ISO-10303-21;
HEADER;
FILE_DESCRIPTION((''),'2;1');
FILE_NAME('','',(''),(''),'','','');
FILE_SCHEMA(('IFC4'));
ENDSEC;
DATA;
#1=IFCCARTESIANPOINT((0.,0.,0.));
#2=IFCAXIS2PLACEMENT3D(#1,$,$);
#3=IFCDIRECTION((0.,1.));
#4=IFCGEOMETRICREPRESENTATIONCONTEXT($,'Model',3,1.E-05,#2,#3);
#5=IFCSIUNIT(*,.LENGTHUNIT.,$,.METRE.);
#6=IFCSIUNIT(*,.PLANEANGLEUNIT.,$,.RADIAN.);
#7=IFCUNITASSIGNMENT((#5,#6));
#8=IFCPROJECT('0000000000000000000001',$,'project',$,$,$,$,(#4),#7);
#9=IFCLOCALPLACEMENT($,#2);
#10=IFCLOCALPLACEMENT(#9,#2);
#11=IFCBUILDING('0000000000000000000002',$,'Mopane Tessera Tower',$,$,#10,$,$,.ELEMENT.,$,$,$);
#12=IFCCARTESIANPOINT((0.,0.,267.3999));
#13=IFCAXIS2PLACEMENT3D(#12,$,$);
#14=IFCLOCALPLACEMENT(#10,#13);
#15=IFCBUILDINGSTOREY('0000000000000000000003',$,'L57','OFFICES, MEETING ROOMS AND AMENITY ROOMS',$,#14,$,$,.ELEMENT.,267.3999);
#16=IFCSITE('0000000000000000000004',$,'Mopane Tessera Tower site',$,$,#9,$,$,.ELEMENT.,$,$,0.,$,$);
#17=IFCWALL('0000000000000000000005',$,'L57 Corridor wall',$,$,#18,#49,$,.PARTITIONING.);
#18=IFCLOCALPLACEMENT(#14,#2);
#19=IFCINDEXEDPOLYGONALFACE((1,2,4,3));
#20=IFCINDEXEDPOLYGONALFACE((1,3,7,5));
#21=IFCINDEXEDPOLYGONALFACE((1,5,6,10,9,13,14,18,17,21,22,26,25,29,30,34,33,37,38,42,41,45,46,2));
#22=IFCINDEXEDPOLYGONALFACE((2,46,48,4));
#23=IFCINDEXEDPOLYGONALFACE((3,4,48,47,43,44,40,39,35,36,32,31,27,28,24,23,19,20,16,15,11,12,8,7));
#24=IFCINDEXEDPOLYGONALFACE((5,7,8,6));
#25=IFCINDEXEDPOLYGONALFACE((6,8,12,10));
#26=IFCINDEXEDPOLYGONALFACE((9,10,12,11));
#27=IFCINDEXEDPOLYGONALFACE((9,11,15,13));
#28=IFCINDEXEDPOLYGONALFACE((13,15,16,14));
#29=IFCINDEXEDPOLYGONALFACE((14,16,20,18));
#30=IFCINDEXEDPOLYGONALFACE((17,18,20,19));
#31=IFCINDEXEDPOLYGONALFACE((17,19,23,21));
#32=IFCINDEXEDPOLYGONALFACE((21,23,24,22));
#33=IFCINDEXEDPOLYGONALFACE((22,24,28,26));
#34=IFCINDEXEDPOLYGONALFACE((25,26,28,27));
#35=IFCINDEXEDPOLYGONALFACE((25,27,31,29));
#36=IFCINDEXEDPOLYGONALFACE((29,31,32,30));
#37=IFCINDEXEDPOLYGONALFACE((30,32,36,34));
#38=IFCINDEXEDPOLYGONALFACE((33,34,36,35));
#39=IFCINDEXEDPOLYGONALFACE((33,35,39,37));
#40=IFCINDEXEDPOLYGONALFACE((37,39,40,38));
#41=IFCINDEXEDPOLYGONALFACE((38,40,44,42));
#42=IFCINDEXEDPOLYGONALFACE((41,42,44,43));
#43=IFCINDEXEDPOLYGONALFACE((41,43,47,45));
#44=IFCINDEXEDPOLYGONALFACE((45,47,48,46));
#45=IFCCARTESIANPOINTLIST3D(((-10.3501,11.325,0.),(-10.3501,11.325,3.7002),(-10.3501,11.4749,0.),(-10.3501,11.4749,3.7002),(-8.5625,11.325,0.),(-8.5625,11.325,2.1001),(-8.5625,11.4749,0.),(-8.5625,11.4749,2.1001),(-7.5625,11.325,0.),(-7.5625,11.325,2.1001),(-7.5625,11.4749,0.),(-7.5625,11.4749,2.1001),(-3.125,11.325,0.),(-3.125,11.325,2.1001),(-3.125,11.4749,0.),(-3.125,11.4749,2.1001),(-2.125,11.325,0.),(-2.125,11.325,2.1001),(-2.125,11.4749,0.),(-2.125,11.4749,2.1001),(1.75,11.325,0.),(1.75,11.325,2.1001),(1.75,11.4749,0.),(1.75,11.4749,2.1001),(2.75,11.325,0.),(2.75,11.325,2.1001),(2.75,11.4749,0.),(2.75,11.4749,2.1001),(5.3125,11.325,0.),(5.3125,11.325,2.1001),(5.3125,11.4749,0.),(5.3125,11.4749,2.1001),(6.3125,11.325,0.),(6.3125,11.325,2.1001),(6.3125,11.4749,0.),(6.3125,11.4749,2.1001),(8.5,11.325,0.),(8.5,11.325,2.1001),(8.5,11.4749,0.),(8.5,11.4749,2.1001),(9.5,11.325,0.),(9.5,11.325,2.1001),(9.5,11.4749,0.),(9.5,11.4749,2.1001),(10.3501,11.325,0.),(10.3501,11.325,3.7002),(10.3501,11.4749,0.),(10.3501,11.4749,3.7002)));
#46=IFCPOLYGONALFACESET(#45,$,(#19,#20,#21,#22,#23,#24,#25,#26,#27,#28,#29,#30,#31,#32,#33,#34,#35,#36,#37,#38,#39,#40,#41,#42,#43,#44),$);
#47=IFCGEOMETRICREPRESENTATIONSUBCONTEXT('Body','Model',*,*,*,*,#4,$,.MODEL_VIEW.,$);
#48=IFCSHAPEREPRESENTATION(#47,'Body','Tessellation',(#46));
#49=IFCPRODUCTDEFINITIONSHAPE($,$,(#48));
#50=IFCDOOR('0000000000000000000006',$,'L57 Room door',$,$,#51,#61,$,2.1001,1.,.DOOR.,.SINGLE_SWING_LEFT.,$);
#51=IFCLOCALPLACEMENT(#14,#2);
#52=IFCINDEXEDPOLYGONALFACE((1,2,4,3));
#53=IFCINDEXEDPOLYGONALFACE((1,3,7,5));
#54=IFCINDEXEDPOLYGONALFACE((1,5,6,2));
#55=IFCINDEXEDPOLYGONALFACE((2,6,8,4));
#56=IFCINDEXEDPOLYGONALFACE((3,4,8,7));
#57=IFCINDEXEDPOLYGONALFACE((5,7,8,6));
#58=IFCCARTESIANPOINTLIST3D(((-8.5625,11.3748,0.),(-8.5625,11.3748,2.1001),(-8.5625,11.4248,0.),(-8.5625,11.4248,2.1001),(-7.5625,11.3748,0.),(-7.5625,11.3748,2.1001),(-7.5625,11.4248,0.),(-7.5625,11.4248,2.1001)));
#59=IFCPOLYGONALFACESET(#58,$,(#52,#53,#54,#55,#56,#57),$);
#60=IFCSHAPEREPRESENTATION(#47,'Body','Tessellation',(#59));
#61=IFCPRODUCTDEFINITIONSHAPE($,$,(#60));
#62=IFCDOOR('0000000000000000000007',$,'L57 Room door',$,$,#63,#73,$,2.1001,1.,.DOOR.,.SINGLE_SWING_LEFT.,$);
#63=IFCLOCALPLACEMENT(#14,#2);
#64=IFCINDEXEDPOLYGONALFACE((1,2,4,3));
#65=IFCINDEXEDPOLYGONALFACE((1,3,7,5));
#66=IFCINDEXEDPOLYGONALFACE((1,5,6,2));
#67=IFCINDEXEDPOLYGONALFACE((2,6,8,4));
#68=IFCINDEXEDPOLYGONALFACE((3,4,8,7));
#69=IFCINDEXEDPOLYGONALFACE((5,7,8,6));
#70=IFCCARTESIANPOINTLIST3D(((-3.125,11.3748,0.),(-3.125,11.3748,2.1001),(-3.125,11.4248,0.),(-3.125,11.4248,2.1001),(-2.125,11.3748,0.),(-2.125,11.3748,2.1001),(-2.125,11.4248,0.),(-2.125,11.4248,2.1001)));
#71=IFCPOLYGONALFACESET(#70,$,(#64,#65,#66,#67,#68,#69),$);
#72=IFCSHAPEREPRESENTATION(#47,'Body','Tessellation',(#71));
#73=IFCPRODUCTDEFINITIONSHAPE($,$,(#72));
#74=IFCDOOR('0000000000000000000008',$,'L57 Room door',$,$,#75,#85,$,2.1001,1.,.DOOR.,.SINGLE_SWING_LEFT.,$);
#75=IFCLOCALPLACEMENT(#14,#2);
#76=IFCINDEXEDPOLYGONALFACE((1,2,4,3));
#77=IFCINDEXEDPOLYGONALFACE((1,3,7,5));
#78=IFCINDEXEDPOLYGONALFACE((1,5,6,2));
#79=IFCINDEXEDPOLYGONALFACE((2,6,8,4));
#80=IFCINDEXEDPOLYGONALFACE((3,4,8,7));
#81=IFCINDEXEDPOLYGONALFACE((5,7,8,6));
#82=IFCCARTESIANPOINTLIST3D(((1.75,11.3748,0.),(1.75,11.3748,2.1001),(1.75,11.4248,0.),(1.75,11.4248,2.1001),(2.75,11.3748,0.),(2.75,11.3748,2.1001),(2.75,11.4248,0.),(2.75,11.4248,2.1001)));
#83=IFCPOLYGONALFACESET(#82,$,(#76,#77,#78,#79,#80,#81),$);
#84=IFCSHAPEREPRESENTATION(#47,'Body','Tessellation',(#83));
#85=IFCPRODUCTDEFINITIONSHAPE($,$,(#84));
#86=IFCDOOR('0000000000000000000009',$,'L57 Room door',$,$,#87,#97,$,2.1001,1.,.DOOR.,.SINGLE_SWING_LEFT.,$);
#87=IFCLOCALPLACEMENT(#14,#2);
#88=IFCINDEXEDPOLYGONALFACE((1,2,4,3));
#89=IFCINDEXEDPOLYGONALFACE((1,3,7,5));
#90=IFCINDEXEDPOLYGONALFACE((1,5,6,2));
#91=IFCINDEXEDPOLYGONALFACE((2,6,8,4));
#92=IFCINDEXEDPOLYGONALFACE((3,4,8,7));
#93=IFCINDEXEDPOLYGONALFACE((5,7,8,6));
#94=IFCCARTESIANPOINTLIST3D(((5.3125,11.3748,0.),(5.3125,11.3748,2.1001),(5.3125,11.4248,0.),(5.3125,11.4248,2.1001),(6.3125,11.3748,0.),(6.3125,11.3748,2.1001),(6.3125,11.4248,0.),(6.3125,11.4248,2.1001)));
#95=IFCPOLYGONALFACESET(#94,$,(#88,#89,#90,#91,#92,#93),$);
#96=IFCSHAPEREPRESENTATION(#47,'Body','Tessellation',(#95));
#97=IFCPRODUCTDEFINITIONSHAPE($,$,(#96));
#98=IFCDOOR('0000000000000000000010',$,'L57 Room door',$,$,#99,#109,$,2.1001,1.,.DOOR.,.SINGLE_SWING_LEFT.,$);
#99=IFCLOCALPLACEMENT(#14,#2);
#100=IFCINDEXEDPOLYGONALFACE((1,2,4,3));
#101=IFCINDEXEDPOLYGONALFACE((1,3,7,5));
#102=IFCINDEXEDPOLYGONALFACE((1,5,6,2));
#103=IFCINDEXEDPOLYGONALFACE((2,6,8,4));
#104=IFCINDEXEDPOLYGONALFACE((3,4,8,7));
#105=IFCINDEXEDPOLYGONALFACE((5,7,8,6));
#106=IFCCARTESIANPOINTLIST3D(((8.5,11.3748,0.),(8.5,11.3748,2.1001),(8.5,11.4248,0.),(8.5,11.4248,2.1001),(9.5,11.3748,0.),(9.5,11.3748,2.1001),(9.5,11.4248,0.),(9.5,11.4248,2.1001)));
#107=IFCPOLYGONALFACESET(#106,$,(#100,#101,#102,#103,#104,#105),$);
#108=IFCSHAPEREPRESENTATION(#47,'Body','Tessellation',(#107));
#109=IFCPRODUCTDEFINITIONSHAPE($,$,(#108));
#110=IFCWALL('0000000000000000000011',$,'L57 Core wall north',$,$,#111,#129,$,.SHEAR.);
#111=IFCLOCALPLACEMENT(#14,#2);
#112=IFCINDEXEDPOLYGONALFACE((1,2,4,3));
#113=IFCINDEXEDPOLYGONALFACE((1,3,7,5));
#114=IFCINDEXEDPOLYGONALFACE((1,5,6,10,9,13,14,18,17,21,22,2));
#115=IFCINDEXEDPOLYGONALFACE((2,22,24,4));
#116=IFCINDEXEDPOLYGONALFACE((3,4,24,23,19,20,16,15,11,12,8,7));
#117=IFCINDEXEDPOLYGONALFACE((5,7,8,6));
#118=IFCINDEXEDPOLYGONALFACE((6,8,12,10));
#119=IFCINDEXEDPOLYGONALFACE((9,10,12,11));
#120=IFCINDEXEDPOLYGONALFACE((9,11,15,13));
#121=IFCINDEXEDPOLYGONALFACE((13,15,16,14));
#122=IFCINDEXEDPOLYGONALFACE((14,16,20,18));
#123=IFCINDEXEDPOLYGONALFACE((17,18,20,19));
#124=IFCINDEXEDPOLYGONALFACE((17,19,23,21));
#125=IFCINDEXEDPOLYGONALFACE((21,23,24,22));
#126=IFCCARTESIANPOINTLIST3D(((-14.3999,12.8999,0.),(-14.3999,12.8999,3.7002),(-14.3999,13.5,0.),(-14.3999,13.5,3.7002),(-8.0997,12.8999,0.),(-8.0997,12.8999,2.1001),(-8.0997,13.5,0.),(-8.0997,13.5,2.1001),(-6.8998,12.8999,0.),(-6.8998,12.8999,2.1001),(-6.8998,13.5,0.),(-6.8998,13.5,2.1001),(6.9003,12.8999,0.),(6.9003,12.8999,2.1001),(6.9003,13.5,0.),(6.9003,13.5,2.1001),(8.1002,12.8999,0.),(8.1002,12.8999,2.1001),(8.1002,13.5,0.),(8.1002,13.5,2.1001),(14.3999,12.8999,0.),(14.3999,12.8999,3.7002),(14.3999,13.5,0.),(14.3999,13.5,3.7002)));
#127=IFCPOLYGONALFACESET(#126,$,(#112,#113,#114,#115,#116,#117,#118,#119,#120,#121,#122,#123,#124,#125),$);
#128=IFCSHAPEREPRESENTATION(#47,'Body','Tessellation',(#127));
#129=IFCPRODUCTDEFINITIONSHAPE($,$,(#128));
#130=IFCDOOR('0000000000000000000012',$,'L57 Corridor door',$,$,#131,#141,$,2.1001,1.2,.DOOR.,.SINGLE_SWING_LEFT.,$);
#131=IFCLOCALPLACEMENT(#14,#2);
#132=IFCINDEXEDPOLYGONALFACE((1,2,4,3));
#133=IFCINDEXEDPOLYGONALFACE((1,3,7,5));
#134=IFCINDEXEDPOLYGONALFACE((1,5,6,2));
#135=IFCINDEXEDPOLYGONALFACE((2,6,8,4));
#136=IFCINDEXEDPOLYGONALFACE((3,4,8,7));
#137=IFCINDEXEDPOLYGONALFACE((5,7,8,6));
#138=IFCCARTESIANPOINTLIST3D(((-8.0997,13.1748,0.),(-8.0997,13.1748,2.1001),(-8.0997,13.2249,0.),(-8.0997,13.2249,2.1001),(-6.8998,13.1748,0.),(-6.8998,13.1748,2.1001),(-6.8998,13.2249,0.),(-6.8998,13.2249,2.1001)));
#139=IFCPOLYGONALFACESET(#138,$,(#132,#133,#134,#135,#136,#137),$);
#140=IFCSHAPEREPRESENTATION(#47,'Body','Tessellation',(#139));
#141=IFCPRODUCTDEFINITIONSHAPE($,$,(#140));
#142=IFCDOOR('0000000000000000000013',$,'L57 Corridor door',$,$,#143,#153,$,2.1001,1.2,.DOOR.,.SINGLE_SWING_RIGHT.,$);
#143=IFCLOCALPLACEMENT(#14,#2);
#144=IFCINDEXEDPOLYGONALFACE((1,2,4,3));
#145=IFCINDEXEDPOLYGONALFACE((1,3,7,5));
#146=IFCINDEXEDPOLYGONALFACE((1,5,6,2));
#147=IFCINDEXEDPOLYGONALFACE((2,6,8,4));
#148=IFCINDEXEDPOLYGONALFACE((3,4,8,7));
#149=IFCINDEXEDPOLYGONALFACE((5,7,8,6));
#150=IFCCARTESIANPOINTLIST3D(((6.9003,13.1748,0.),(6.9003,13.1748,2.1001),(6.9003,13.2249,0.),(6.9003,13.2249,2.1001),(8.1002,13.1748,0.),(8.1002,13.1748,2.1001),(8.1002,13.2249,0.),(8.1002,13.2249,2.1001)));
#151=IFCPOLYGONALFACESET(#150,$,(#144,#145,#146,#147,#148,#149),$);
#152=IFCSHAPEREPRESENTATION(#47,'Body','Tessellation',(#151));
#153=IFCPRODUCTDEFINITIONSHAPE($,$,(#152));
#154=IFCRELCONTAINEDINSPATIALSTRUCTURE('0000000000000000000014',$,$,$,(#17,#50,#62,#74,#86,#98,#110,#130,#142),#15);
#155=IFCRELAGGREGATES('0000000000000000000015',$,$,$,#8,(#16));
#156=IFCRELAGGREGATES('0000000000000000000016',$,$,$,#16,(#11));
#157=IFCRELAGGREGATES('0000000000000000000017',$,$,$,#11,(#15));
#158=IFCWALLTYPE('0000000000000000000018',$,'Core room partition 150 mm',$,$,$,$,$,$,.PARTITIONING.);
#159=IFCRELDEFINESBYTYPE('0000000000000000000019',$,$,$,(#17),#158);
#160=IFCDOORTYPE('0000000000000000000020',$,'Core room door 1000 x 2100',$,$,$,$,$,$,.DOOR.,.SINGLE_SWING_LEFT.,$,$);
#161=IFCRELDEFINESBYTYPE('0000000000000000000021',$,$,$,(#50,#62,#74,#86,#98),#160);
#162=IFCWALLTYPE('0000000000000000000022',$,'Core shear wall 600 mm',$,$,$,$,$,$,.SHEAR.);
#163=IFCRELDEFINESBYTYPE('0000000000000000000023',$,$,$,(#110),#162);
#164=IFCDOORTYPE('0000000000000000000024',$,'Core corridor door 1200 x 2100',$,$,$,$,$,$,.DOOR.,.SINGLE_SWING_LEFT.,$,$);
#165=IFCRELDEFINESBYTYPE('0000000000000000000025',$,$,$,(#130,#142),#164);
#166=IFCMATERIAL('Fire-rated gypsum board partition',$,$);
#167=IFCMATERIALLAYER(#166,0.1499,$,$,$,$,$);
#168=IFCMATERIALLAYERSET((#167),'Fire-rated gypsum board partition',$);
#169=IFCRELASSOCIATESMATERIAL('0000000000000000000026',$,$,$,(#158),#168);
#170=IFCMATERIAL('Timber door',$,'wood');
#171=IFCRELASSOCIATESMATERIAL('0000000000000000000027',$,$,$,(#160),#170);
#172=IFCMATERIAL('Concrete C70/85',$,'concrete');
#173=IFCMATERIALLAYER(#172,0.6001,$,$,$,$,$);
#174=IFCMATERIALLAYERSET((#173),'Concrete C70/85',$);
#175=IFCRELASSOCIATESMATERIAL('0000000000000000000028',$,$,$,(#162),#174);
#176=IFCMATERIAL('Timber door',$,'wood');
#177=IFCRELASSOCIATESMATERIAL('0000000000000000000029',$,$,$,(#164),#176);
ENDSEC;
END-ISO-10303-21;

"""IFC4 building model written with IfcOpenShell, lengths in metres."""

from ifc_helpers import new_model, si_unit, direction, frame, frame_2d, origin, place, context, subcontext, project, spatial, rectangle, extrude, material, layer, layer_set, type_object, element, fill, save


model = new_model("IFC4")

# Units and contexts
model_context = context("Model", 3, precision=1e-05, world=origin(), true_north=direction((0.0, 1.0)))
body_context = subcontext(model_context, "Body", "Model", "MODEL_VIEW")
ifc_project = project(units=[si_unit("LENGTHUNIT", "METRE"), si_unit("PLANEANGLEUNIT", "RADIAN")], contexts=[model_context])

# Site, building, storey
site_placement = place(None, origin())
site = spatial("IfcSite", under=ifc_project, at=site_placement, Name="Mopane Tessera Tower site", CompositionType="ELEMENT", RefElevation=0.0)
building_placement = place(site_placement, origin())
building = spatial("IfcBuilding", under=site, at=building_placement, Name="Mopane Tessera Tower", CompositionType="ELEMENT")
storey_placement = place(building_placement, frame((0.0, 0.0, 267.3999)))
storey = spatial("IfcBuildingStorey", under=building, at=storey_placement, Name="L57", Description="OFFICES, MEETING ROOMS AND AMENITY ROOMS", CompositionType="ELEMENT", Elevation=267.3999)

# Shared definitions
ifc_material_1 = material(Name="Fire-rated gypsum board partition")
ifc_layer_1 = layer(ifc_material_1, 0.1499)
ifc_layer_set_1 = layer_set([ifc_layer_1], Name="Fire-rated gypsum board partition")
wall_type_1 = type_object("IfcWallType", Name="Core room partition 150 mm", PredefinedType="PARTITIONING", material=ifc_layer_set_1)

# Walls, openings, doors
wall_1_placement = place(storey_placement, frame((-10.3501, 11.3999, 0.0), z_axis=(0.0, 0.0, 1.0), x_axis=(1.0, 0.0, 0.0)))
wall_1 = element("IfcWall", 1, at=wall_1_placement, inside=storey, type_object=wall_type_1, Name="L57 Corridor wall", PredefinedType="PARTITIONING", context=body_context, shape_type="SweptSolid", body=[
    extrude(rectangle(XDim=20.7002, YDim=0.1499, at=frame_2d((10.3501, 0.0))), origin(), (0.0, 0.0, 1.0), 3.7002),
])
opening_1_placement = place(wall_1_placement, frame((1.7876, 0.0, 0.0)))
opening_1 = element("IfcOpeningElement", 2, at=opening_1_placement, cuts=wall_1, PredefinedType="OPENING", context=body_context, shape_type="SweptSolid", body=[
    extrude(rectangle(XDim=1.0, YDim=2.1001, at=frame_2d((0.5, 1.05))), frame((0.0, 0.0869, 0.0), z_axis=(0.0, -1.0, 0.0), x_axis=(1.0, 0.0, 0.0)), (0.0, 0.0, 1.0), 0.1738),
])
opening_2_placement = place(wall_1_placement, frame((7.2251, 0.0, 0.0)))
opening_2 = element("IfcOpeningElement", 3, at=opening_2_placement, cuts=wall_1, PredefinedType="OPENING", context=body_context, shape_type="SweptSolid", body=[
    extrude(rectangle(XDim=1.0, YDim=2.1001, at=frame_2d((0.5, 1.05))), frame((0.0, 0.0869, 0.0), z_axis=(0.0, -1.0, 0.0), x_axis=(1.0, 0.0, 0.0)), (0.0, 0.0, 1.0), 0.1738),
])
opening_3_placement = place(wall_1_placement, frame((12.1001, 0.0, 0.0)))
opening_3 = element("IfcOpeningElement", 4, at=opening_3_placement, cuts=wall_1, PredefinedType="OPENING", context=body_context, shape_type="SweptSolid", body=[
    extrude(rectangle(XDim=1.0, YDim=2.1001, at=frame_2d((0.5, 1.05))), frame((0.0, 0.0869, 0.0), z_axis=(0.0, -1.0, 0.0), x_axis=(1.0, 0.0, 0.0)), (0.0, 0.0, 1.0), 0.1738),
])
opening_4_placement = place(wall_1_placement, frame((15.6626, 0.0, 0.0)))
opening_4 = element("IfcOpeningElement", 5, at=opening_4_placement, cuts=wall_1, PredefinedType="OPENING", context=body_context, shape_type="SweptSolid", body=[
    extrude(rectangle(XDim=1.0, YDim=2.1001, at=frame_2d((0.5, 1.05))), frame((0.0, 0.0869, 0.0), z_axis=(0.0, -1.0, 0.0), x_axis=(1.0, 0.0, 0.0)), (0.0, 0.0, 1.0), 0.1738),
])
opening_5_placement = place(wall_1_placement, frame((18.8501, 0.0, 0.0)))
opening_5 = element("IfcOpeningElement", 6, at=opening_5_placement, cuts=wall_1, PredefinedType="OPENING", context=body_context, shape_type="SweptSolid", body=[
    extrude(rectangle(XDim=1.0, YDim=2.1001, at=frame_2d((0.5, 1.05))), frame((0.0, 0.0869, 0.0), z_axis=(0.0, -1.0, 0.0), x_axis=(1.0, 0.0, 0.0)), (0.0, 0.0, 1.0), 0.1738),
])
ifc_material_2 = material(Name="Timber door", Category="wood")
door_type_1 = type_object("IfcDoorType", Name="Core room door 1000 x 2100", OperationType="SINGLE_SWING_LEFT", PredefinedType="DOOR", material=ifc_material_2)
door_1_placement = place(opening_1_placement, origin())
door_1 = element("IfcDoor", 7, at=door_1_placement, inside=storey, type_object=door_type_1, Name="L57 Room door", OperationType="SINGLE_SWING_LEFT", OverallHeight=2.1001, OverallWidth=1.0, PredefinedType="DOOR", context=body_context, shape_type="SweptSolid", body=[
    extrude(rectangle(XDim=1.0, YDim=2.1001, at=frame_2d((0.5, 1.05))), frame((0.0, 0.0249, 0.0), z_axis=(0.0, -1.0, 0.0), x_axis=(1.0, 0.0, 0.0)), (0.0, 0.0, 1.0), 0.05),
])
fill(opening_1, door_1)
door_2_placement = place(opening_2_placement, origin())
door_2 = element("IfcDoor", 8, at=door_2_placement, inside=storey, type_object=door_type_1, Name="L57 Room door", OperationType="SINGLE_SWING_LEFT", OverallHeight=2.1001, OverallWidth=1.0, PredefinedType="DOOR", context=body_context, shape_type="SweptSolid", body=[
    extrude(rectangle(XDim=1.0, YDim=2.1001, at=frame_2d((0.5, 1.05))), frame((0.0, 0.0249, 0.0), z_axis=(0.0, -1.0, 0.0), x_axis=(1.0, 0.0, 0.0)), (0.0, 0.0, 1.0), 0.05),
])
fill(opening_2, door_2)
door_3_placement = place(opening_3_placement, origin())
door_3 = element("IfcDoor", 9, at=door_3_placement, inside=storey, type_object=door_type_1, Name="L57 Room door", OperationType="SINGLE_SWING_LEFT", OverallHeight=2.1001, OverallWidth=1.0, PredefinedType="DOOR", context=body_context, shape_type="SweptSolid", body=[
    extrude(rectangle(XDim=1.0, YDim=2.1001, at=frame_2d((0.5, 1.05))), frame((0.0, 0.0249, 0.0), z_axis=(0.0, -1.0, 0.0), x_axis=(1.0, 0.0, 0.0)), (0.0, 0.0, 1.0), 0.05),
])
fill(opening_3, door_3)
door_4_placement = place(opening_4_placement, origin())
door_4 = element("IfcDoor", 10, at=door_4_placement, inside=storey, type_object=door_type_1, Name="L57 Room door", OperationType="SINGLE_SWING_LEFT", OverallHeight=2.1001, OverallWidth=1.0, PredefinedType="DOOR", context=body_context, shape_type="SweptSolid", body=[
    extrude(rectangle(XDim=1.0, YDim=2.1001, at=frame_2d((0.5, 1.05))), frame((0.0, 0.0249, 0.0), z_axis=(0.0, -1.0, 0.0), x_axis=(1.0, 0.0, 0.0)), (0.0, 0.0, 1.0), 0.05),
])
fill(opening_4, door_4)
door_5_placement = place(opening_5_placement, origin())
door_5 = element("IfcDoor", 11, at=door_5_placement, inside=storey, type_object=door_type_1, Name="L57 Room door", OperationType="SINGLE_SWING_LEFT", OverallHeight=2.1001, OverallWidth=1.0, PredefinedType="DOOR", context=body_context, shape_type="SweptSolid", body=[
    extrude(rectangle(XDim=1.0, YDim=2.1001, at=frame_2d((0.5, 1.05))), frame((0.0, 0.0249, 0.0), z_axis=(0.0, -1.0, 0.0), x_axis=(1.0, 0.0, 0.0)), (0.0, 0.0, 1.0), 0.05),
])
fill(opening_5, door_5)
ifc_material_3 = material(Name="Concrete C70/85", Category="concrete")
ifc_layer_2 = layer(ifc_material_3, 0.6001)
ifc_layer_set_2 = layer_set([ifc_layer_2], Name="Concrete C70/85")
wall_type_2 = type_object("IfcWallType", Name="Core shear wall 600 mm", PredefinedType="SHEAR", material=ifc_layer_set_2)
wall_2_placement = place(storey_placement, frame((-14.3999, 13.2, 0.0), z_axis=(0.0, 0.0, 1.0), x_axis=(1.0, 0.0, 0.0)))
wall_2 = element("IfcWall", 12, at=wall_2_placement, inside=storey, type_object=wall_type_2, Name="L57 Core wall north", PredefinedType="SHEAR", context=body_context, shape_type="SweptSolid", body=[
    extrude(rectangle(XDim=28.7998, YDim=0.6001, at=frame_2d((14.3999, 0.0))), origin(), (0.0, 0.0, 1.0), 3.7002),
])
opening_6_placement = place(wall_2_placement, frame((6.3, 0.0, 0.0)))
opening_6 = element("IfcOpeningElement", 13, at=opening_6_placement, cuts=wall_2, PredefinedType="OPENING", context=body_context, shape_type="SweptSolid", body=[
    extrude(rectangle(XDim=1.2, YDim=2.1001, at=frame_2d((0.6001, 1.05))), frame((0.0, 0.312, 0.0), z_axis=(0.0, -1.0, 0.0), x_axis=(1.0, 0.0, 0.0)), (0.0, 0.0, 1.0), 0.624),
])
opening_7_placement = place(wall_2_placement, frame((21.3, 0.0, 0.0)))
opening_7 = element("IfcOpeningElement", 14, at=opening_7_placement, cuts=wall_2, PredefinedType="OPENING", context=body_context, shape_type="SweptSolid", body=[
    extrude(rectangle(XDim=1.2, YDim=2.1001, at=frame_2d((0.6001, 1.05))), frame((0.0, 0.312, 0.0), z_axis=(0.0, -1.0, 0.0), x_axis=(1.0, 0.0, 0.0)), (0.0, 0.0, 1.0), 0.624),
])
ifc_material_4 = material(Name="Timber door", Category="wood")
door_type_2 = type_object("IfcDoorType", Name="Core corridor door 1200 x 2100", OperationType="SINGLE_SWING_LEFT", PredefinedType="DOOR", material=ifc_material_4)
door_6_placement = place(opening_6_placement, origin())
door_6 = element("IfcDoor", 15, at=door_6_placement, inside=storey, type_object=door_type_2, Name="L57 Corridor door", OperationType="SINGLE_SWING_LEFT", OverallHeight=2.1001, OverallWidth=1.2, PredefinedType="DOOR", context=body_context, shape_type="SweptSolid", body=[
    extrude(rectangle(XDim=1.2, YDim=2.1001, at=frame_2d((0.6001, 1.05))), frame((0.0, 0.0249, 0.0), z_axis=(0.0, -1.0, 0.0), x_axis=(1.0, 0.0, 0.0)), (0.0, 0.0, 1.0), 0.05),
])
fill(opening_6, door_6)
door_7_placement = place(opening_7_placement, origin())
door_7 = element("IfcDoor", 16, at=door_7_placement, inside=storey, type_object=door_type_2, Name="L57 Corridor door", OperationType="SINGLE_SWING_RIGHT", OverallHeight=2.1001, OverallWidth=1.2, PredefinedType="DOOR", context=body_context, shape_type="SweptSolid", body=[
    extrude(rectangle(XDim=1.2, YDim=2.1001, at=frame_2d((0.6001, 1.05))), frame((0.0, 0.0249, 0.0), z_axis=(0.0, -1.0, 0.0), x_axis=(1.0, 0.0, 0.0)), (0.0, 0.0, 1.0), 0.05),
])
fill(opening_7, door_7)

save(model, "model.ifc")
